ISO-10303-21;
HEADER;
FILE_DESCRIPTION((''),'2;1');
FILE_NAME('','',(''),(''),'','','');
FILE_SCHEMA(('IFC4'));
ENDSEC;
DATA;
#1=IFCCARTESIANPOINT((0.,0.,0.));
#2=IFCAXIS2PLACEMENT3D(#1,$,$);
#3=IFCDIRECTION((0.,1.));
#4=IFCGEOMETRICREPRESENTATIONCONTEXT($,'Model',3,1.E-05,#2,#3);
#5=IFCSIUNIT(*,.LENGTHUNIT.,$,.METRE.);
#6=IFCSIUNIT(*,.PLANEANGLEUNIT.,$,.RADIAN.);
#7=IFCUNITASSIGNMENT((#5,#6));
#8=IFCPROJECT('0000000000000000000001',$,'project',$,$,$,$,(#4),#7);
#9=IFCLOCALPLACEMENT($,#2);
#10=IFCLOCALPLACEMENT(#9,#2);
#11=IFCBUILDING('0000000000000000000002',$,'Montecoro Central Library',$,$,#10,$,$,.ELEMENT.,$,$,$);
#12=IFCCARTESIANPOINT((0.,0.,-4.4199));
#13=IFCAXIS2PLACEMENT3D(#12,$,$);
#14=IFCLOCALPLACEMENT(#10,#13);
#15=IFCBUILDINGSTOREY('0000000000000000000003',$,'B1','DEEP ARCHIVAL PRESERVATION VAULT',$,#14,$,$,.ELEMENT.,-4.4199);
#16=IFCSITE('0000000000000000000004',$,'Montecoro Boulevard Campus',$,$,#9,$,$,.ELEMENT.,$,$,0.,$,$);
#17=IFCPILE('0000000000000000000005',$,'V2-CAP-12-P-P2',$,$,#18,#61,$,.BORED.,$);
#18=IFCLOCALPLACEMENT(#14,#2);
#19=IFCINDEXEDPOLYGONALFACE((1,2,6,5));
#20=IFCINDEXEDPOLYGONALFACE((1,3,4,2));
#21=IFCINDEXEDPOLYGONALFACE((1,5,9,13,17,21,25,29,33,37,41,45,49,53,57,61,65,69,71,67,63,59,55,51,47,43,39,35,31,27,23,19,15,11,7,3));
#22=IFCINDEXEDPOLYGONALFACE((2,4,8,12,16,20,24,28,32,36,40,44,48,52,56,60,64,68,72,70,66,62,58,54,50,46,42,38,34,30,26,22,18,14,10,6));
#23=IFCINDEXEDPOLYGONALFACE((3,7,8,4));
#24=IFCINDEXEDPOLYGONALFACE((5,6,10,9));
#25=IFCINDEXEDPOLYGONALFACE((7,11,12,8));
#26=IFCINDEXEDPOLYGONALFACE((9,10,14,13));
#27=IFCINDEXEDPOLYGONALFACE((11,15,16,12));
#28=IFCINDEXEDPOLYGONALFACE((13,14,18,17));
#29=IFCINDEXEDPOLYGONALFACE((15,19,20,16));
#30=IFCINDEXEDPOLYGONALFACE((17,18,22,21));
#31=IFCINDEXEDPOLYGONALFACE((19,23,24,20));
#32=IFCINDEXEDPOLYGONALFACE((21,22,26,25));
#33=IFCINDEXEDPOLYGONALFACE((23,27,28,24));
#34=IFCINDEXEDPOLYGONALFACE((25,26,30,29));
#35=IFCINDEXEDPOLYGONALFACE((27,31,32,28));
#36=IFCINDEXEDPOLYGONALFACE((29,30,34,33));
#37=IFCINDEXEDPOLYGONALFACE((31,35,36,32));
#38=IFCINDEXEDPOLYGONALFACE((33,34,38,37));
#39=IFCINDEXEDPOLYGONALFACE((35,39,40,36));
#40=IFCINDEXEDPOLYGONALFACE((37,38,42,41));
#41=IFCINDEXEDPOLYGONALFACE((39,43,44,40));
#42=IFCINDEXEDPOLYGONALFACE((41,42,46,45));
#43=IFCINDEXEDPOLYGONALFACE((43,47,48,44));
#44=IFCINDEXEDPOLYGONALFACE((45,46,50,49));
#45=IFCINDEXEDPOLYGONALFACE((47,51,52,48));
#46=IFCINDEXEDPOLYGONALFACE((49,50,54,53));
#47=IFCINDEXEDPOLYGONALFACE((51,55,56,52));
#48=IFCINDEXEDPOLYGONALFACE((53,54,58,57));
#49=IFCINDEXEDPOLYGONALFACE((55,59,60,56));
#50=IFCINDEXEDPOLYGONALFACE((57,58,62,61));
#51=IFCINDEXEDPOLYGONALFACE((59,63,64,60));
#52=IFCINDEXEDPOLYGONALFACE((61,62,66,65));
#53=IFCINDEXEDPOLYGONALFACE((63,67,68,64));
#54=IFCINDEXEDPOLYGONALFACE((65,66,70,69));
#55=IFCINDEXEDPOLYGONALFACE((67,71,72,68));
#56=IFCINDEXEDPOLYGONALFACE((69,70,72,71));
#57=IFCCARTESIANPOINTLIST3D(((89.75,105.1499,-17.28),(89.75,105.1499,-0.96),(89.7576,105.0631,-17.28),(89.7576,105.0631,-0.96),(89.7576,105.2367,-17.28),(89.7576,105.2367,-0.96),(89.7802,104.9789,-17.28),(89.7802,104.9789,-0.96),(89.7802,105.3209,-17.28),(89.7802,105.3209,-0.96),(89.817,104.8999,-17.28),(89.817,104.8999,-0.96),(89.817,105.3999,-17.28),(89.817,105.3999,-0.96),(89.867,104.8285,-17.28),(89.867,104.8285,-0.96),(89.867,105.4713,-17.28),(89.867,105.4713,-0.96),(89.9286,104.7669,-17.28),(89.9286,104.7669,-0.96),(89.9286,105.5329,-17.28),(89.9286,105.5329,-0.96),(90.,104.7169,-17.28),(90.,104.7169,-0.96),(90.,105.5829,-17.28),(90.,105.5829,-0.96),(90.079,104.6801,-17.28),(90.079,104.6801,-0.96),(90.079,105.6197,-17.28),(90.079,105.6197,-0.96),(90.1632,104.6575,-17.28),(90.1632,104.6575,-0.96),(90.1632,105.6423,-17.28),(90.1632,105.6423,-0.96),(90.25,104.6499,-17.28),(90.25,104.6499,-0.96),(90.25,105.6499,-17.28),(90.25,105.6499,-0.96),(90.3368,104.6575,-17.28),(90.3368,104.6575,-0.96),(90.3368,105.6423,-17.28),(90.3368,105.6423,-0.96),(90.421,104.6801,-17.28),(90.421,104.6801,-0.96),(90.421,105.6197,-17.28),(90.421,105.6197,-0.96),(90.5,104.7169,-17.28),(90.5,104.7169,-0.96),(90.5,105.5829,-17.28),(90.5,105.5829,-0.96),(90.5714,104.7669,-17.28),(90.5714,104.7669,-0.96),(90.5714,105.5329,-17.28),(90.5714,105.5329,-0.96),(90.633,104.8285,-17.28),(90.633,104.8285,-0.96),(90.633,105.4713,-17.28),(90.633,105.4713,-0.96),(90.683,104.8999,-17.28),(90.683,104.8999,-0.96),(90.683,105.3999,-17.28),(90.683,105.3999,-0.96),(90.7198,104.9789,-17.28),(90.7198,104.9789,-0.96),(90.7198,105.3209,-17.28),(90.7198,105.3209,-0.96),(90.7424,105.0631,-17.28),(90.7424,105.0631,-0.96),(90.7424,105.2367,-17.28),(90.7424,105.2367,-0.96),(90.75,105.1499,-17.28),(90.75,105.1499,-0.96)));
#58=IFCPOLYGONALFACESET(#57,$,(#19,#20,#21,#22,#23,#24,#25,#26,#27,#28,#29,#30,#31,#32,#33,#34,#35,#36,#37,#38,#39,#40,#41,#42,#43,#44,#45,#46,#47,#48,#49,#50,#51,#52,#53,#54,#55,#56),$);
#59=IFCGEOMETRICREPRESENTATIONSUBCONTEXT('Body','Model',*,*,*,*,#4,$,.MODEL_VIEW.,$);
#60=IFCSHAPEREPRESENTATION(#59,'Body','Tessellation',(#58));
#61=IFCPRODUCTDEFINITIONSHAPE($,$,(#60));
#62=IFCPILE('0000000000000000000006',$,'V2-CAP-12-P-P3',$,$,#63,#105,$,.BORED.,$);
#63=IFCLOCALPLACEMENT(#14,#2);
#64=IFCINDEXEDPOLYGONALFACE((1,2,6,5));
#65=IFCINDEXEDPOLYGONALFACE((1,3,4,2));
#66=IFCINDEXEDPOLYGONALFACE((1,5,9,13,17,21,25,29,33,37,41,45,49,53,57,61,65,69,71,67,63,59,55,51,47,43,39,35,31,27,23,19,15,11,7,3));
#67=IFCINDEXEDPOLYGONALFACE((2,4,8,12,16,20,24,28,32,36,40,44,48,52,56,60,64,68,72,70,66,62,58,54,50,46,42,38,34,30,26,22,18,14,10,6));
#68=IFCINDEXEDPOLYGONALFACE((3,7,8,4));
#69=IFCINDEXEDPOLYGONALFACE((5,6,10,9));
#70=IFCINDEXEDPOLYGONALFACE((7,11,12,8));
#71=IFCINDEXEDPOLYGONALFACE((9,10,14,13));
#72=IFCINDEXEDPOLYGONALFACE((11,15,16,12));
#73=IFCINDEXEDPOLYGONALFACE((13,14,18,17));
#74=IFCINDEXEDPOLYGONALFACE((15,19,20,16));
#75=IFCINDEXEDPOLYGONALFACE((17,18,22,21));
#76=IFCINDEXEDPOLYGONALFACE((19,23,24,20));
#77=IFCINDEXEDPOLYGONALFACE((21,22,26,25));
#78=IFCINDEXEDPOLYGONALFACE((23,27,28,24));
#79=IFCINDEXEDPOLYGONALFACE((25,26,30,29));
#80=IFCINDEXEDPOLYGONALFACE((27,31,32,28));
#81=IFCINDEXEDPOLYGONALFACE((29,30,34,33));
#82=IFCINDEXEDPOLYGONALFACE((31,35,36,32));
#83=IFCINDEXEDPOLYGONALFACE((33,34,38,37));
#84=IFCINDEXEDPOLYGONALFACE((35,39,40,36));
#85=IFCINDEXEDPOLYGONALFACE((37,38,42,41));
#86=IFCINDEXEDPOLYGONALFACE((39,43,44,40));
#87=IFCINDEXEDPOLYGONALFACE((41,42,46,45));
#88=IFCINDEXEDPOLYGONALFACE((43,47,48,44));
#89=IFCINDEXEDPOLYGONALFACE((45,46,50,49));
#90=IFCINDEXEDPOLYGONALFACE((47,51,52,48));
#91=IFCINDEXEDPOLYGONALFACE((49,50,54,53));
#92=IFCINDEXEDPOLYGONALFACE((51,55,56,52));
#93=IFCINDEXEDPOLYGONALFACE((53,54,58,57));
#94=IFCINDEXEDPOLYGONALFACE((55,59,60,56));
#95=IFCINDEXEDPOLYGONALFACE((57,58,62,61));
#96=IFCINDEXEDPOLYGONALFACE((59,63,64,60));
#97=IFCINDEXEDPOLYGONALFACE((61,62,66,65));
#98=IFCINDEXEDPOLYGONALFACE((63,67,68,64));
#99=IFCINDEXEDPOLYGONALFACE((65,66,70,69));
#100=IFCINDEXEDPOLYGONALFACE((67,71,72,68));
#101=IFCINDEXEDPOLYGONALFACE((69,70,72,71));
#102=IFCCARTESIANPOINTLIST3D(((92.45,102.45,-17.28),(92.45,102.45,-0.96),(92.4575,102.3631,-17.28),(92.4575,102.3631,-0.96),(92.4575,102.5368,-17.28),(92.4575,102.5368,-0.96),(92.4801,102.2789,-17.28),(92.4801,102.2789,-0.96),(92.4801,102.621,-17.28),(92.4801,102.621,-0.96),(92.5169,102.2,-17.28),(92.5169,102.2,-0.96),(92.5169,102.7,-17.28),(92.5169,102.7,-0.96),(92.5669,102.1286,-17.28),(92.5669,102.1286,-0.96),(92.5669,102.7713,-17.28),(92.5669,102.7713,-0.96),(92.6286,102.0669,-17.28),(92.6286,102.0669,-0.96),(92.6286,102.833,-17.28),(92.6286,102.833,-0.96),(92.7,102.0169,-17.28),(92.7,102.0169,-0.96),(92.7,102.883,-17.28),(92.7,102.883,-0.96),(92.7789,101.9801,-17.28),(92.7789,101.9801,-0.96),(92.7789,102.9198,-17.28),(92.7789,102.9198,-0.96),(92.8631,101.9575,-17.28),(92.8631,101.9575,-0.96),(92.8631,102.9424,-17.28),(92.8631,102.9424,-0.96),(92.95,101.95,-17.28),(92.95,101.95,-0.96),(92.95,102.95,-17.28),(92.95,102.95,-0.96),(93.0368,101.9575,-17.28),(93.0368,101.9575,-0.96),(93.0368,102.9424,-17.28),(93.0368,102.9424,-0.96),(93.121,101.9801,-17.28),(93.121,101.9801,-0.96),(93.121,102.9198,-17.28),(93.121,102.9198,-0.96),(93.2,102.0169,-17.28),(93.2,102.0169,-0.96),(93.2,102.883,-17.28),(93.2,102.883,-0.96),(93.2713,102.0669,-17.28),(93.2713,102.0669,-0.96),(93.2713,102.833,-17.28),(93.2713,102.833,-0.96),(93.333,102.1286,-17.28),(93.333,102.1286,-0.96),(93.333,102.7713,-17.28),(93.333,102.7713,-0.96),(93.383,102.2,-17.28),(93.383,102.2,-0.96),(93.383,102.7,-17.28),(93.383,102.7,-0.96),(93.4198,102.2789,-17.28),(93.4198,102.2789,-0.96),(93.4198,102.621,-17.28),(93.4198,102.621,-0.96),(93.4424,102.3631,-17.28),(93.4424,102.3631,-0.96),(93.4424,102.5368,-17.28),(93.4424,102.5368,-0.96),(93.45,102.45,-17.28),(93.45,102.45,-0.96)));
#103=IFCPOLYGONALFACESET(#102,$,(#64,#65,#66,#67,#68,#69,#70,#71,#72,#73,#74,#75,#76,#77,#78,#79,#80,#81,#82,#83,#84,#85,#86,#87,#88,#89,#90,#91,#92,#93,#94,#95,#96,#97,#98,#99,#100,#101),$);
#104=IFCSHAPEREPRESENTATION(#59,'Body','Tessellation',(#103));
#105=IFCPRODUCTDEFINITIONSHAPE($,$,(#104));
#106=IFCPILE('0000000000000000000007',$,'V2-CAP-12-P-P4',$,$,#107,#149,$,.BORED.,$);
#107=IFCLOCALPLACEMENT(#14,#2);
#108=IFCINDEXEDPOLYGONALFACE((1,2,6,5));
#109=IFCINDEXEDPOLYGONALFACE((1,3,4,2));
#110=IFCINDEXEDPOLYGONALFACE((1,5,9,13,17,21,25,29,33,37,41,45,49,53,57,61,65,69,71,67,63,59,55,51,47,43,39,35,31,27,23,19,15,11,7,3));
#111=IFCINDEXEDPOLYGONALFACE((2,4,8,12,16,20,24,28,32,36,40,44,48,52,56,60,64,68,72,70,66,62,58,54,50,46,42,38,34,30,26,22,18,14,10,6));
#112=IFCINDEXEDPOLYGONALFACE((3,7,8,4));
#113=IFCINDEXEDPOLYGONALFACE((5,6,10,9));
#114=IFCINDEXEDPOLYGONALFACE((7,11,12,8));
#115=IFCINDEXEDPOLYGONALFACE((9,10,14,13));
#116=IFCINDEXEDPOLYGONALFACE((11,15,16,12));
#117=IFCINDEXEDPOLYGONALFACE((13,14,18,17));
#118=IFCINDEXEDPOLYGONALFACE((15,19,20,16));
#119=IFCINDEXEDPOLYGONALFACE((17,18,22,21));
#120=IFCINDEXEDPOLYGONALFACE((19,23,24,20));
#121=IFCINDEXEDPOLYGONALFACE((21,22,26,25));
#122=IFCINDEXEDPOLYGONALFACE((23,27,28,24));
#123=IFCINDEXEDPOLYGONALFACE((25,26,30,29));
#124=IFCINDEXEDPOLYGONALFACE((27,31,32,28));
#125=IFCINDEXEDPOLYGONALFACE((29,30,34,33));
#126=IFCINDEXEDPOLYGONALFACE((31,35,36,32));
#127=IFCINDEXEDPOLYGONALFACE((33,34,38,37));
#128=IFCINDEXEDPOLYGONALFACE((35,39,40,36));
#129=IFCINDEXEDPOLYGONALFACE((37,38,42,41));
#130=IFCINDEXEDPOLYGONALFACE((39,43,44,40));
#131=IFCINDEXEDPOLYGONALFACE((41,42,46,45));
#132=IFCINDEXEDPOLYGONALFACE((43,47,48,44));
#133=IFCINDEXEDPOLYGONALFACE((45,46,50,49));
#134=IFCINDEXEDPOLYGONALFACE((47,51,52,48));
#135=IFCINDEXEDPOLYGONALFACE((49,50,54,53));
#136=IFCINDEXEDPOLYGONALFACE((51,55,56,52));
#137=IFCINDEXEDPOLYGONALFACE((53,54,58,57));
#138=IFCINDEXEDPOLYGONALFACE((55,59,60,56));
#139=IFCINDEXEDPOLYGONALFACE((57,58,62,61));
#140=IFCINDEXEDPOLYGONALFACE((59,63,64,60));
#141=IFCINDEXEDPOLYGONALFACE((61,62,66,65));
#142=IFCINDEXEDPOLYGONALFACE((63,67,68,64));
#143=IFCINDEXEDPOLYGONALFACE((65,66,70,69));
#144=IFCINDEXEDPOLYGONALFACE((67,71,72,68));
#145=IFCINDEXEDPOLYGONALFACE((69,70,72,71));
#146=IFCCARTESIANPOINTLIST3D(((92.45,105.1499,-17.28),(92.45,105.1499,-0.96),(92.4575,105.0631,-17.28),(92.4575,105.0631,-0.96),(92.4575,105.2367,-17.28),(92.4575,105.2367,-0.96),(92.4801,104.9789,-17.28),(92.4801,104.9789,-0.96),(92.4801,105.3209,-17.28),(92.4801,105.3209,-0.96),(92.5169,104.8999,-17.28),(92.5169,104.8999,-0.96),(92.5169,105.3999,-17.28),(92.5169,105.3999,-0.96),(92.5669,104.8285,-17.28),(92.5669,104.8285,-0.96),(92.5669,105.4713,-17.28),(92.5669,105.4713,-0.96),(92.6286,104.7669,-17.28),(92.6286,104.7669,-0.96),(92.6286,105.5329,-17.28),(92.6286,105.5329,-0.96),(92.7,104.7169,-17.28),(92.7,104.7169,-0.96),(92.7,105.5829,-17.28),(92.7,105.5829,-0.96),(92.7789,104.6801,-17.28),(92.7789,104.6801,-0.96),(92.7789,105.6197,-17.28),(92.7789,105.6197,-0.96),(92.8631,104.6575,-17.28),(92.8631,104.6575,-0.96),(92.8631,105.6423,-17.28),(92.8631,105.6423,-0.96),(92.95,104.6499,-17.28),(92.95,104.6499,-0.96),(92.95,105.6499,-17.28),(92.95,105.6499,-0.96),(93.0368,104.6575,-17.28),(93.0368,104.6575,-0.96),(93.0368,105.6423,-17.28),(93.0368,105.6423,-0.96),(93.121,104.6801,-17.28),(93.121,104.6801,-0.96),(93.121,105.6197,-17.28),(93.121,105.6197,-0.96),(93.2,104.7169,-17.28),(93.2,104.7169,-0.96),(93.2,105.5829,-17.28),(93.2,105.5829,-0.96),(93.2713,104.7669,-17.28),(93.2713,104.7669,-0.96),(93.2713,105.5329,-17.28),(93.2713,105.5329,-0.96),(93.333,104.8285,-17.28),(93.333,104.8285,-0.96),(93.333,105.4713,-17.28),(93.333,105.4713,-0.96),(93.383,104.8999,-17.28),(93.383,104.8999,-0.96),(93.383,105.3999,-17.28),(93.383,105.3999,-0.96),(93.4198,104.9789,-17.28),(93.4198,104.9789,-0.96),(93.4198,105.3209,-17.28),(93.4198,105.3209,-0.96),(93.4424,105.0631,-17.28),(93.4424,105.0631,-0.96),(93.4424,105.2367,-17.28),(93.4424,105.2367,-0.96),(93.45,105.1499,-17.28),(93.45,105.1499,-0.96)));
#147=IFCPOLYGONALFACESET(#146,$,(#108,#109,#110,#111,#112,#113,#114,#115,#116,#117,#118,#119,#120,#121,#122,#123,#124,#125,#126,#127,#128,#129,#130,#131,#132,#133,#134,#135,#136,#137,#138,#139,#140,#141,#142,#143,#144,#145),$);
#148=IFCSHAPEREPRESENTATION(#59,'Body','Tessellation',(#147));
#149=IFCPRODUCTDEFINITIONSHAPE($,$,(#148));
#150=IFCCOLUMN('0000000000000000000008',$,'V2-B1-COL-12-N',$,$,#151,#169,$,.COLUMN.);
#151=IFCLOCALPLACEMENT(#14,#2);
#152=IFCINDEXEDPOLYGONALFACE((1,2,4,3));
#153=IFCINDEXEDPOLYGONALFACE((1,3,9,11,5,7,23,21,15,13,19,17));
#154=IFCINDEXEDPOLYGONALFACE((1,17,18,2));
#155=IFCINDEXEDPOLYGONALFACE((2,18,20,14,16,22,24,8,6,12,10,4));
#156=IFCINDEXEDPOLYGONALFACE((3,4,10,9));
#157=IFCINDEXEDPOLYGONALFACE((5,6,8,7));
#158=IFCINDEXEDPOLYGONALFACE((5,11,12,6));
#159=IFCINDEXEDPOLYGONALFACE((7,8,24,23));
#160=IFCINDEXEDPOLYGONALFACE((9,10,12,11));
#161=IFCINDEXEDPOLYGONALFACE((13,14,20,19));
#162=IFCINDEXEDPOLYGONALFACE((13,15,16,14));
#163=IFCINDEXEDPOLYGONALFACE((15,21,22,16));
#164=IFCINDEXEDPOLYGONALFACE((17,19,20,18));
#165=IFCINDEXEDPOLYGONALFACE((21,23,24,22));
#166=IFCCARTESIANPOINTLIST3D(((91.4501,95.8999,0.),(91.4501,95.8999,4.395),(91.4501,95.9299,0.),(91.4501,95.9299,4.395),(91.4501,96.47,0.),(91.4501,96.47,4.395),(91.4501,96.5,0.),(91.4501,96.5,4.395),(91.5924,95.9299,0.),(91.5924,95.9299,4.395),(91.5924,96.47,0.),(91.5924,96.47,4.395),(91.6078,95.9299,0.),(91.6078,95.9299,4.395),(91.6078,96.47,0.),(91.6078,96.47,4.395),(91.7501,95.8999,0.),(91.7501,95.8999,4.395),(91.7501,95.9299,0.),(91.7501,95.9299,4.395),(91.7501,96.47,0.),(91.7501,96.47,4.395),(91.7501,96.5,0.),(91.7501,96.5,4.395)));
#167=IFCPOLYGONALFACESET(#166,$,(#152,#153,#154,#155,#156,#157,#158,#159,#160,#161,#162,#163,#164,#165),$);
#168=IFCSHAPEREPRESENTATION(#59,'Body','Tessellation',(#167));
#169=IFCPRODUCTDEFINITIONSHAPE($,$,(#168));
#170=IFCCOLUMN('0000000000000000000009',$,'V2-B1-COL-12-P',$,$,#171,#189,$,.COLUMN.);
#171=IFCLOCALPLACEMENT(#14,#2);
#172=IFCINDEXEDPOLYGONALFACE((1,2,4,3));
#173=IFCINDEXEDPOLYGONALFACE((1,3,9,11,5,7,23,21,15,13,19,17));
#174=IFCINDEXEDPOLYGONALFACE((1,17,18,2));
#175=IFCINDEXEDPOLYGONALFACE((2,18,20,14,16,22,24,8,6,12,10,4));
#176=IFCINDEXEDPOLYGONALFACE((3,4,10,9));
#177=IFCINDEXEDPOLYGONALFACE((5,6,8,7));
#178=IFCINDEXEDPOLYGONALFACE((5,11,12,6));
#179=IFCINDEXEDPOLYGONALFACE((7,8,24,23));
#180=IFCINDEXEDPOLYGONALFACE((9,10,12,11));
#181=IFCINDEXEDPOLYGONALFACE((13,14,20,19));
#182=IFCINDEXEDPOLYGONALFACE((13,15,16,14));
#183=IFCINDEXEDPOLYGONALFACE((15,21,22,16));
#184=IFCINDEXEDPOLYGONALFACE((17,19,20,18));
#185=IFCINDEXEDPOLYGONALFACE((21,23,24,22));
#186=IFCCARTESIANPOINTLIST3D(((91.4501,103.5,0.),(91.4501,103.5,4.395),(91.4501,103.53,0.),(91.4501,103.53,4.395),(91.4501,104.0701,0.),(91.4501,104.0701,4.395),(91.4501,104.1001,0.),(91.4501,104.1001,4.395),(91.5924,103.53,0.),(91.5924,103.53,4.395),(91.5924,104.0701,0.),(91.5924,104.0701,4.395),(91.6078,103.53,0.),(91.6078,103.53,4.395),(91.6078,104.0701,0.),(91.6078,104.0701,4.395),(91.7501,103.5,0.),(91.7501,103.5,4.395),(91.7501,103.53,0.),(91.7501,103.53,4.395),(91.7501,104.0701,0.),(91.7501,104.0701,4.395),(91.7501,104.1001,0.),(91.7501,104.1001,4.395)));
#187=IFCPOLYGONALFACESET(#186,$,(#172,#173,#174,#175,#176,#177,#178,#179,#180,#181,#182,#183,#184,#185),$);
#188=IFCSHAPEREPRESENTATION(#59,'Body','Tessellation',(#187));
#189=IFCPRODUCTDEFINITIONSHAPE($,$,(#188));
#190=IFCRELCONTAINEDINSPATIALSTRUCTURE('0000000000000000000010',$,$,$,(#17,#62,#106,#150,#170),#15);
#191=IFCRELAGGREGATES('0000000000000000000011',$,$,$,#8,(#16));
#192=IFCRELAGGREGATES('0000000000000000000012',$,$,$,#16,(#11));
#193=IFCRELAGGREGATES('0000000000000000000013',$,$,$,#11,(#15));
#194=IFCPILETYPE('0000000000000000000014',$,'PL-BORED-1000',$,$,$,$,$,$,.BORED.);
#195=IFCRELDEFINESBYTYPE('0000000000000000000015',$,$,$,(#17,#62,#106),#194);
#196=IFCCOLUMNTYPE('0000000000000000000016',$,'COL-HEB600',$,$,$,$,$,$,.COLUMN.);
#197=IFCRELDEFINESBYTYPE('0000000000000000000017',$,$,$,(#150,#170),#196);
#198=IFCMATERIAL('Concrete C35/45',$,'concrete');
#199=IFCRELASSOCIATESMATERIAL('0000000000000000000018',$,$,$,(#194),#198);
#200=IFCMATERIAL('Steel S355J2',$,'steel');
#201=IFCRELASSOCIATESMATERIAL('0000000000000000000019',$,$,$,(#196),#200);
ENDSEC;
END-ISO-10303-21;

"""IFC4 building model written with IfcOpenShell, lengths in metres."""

from ifc_helpers import new_model, si_unit, direction, frame, origin, origin_2d, place, context, subcontext, project, spatial, circle, i_section, extrude, material, material_profile, profile_set, type_object, element, save


model = new_model("IFC4")

# Units and contexts
model_context = context("Model", 3, precision=1e-05, world=origin(), true_north=direction((0.0, 1.0)))
body_context = subcontext(model_context, "Body", "Model", "MODEL_VIEW")
ifc_project = project(units=[si_unit("LENGTHUNIT", "METRE"), si_unit("PLANEANGLEUNIT", "RADIAN")], contexts=[model_context])

# Site, building, storey
site_placement = place(None, origin())
site = spatial("IfcSite", under=ifc_project, at=site_placement, Name="Montecoro Boulevard Campus", CompositionType="ELEMENT", RefElevation=0.0)
building_placement = place(site_placement, origin())
building = spatial("IfcBuilding", under=site, at=building_placement, Name="Montecoro Central Library", CompositionType="ELEMENT")
storey_placement = place(building_placement, frame((0.0, 0.0, -4.4199)))
storey = spatial("IfcBuildingStorey", under=building, at=storey_placement, Name="B1", Description="DEEP ARCHIVAL PRESERVATION VAULT", CompositionType="ELEMENT", Elevation=-4.4199)

# Shared definitions
ifc_material_1 = material(Name="Concrete C35/45", Category="concrete")

# Piles
ifc_material_profile_1 = material_profile(ifc_material_1, circle(Radius=0.5, at=origin_2d()), Name="PILE D1000")
ifc_profile_set_1 = profile_set([ifc_material_profile_1], Name="Concrete C35/45")
pile_type = type_object("IfcPileType", Name="PL-BORED-1000", PredefinedType="BORED", material=ifc_profile_set_1)
for number, where, z_axis, x_axis, name in (
    (1, (90.25, 105.1499, -0.96), (0.0, 0.0, -1.0), (1.0, 0.0, 0.0), "V2-CAP-12-P-P2"),
    (2, (92.95, 102.45, -0.96), (0.0, 0.0, -1.0), (1.0, 0.0, 0.0), "V2-CAP-12-P-P3"),
    (3, (92.95, 105.1499, -0.96), (0.0, 0.0, -1.0), (1.0, 0.0, 0.0), "V2-CAP-12-P-P4"),
):
    element("IfcPile", number, at=place(storey_placement, frame(where, z_axis=z_axis, x_axis=x_axis)), inside=storey, type_object=pile_type, Name=name, PredefinedType="BORED", context=body_context, shape_type="SweptSolid", body=[
        extrude(circle(Radius=0.5, at=origin_2d()), origin(), (0.0, 0.0, 1.0), 16.3201),
    ])

# Columns
ifc_material_2 = material(Name="Steel S355J2", Category="steel")
ifc_material_profile_2 = material_profile(ifc_material_2, i_section(OverallWidth=0.3, OverallDepth=0.6001, WebThickness=0.0154, FlangeThickness=0.03, at=origin_2d()), Name="HEB 600")
ifc_profile_set_2 = profile_set([ifc_material_profile_2], Name="Steel S355J2")
column_type = type_object("IfcColumnType", Name="COL-HEB600", PredefinedType="COLUMN", material=ifc_profile_set_2)
for number, where, z_axis, x_axis, name in (
    (4, (91.6001, 96.2, 0.0), (0.0, 0.0, 1.0), (1.0, 0.0, 0.0), "V2-B1-COL-12-N"),
    (5, (91.6001, 103.8, 0.0), (0.0, 0.0, 1.0), (1.0, 0.0, 0.0), "V2-B1-COL-12-P"),
):
    element("IfcColumn", number, at=place(storey_placement, frame(where, z_axis=z_axis, x_axis=x_axis)), inside=storey, type_object=column_type, Name=name, PredefinedType="COLUMN", context=body_context, shape_type="SweptSolid", body=[
        extrude(i_section(OverallWidth=0.3, OverallDepth=0.6001, WebThickness=0.0154, FlangeThickness=0.03, at=origin_2d()), origin(), (0.0, 0.0, 1.0), 4.395),
    ])

save(model, "model.ifc")
